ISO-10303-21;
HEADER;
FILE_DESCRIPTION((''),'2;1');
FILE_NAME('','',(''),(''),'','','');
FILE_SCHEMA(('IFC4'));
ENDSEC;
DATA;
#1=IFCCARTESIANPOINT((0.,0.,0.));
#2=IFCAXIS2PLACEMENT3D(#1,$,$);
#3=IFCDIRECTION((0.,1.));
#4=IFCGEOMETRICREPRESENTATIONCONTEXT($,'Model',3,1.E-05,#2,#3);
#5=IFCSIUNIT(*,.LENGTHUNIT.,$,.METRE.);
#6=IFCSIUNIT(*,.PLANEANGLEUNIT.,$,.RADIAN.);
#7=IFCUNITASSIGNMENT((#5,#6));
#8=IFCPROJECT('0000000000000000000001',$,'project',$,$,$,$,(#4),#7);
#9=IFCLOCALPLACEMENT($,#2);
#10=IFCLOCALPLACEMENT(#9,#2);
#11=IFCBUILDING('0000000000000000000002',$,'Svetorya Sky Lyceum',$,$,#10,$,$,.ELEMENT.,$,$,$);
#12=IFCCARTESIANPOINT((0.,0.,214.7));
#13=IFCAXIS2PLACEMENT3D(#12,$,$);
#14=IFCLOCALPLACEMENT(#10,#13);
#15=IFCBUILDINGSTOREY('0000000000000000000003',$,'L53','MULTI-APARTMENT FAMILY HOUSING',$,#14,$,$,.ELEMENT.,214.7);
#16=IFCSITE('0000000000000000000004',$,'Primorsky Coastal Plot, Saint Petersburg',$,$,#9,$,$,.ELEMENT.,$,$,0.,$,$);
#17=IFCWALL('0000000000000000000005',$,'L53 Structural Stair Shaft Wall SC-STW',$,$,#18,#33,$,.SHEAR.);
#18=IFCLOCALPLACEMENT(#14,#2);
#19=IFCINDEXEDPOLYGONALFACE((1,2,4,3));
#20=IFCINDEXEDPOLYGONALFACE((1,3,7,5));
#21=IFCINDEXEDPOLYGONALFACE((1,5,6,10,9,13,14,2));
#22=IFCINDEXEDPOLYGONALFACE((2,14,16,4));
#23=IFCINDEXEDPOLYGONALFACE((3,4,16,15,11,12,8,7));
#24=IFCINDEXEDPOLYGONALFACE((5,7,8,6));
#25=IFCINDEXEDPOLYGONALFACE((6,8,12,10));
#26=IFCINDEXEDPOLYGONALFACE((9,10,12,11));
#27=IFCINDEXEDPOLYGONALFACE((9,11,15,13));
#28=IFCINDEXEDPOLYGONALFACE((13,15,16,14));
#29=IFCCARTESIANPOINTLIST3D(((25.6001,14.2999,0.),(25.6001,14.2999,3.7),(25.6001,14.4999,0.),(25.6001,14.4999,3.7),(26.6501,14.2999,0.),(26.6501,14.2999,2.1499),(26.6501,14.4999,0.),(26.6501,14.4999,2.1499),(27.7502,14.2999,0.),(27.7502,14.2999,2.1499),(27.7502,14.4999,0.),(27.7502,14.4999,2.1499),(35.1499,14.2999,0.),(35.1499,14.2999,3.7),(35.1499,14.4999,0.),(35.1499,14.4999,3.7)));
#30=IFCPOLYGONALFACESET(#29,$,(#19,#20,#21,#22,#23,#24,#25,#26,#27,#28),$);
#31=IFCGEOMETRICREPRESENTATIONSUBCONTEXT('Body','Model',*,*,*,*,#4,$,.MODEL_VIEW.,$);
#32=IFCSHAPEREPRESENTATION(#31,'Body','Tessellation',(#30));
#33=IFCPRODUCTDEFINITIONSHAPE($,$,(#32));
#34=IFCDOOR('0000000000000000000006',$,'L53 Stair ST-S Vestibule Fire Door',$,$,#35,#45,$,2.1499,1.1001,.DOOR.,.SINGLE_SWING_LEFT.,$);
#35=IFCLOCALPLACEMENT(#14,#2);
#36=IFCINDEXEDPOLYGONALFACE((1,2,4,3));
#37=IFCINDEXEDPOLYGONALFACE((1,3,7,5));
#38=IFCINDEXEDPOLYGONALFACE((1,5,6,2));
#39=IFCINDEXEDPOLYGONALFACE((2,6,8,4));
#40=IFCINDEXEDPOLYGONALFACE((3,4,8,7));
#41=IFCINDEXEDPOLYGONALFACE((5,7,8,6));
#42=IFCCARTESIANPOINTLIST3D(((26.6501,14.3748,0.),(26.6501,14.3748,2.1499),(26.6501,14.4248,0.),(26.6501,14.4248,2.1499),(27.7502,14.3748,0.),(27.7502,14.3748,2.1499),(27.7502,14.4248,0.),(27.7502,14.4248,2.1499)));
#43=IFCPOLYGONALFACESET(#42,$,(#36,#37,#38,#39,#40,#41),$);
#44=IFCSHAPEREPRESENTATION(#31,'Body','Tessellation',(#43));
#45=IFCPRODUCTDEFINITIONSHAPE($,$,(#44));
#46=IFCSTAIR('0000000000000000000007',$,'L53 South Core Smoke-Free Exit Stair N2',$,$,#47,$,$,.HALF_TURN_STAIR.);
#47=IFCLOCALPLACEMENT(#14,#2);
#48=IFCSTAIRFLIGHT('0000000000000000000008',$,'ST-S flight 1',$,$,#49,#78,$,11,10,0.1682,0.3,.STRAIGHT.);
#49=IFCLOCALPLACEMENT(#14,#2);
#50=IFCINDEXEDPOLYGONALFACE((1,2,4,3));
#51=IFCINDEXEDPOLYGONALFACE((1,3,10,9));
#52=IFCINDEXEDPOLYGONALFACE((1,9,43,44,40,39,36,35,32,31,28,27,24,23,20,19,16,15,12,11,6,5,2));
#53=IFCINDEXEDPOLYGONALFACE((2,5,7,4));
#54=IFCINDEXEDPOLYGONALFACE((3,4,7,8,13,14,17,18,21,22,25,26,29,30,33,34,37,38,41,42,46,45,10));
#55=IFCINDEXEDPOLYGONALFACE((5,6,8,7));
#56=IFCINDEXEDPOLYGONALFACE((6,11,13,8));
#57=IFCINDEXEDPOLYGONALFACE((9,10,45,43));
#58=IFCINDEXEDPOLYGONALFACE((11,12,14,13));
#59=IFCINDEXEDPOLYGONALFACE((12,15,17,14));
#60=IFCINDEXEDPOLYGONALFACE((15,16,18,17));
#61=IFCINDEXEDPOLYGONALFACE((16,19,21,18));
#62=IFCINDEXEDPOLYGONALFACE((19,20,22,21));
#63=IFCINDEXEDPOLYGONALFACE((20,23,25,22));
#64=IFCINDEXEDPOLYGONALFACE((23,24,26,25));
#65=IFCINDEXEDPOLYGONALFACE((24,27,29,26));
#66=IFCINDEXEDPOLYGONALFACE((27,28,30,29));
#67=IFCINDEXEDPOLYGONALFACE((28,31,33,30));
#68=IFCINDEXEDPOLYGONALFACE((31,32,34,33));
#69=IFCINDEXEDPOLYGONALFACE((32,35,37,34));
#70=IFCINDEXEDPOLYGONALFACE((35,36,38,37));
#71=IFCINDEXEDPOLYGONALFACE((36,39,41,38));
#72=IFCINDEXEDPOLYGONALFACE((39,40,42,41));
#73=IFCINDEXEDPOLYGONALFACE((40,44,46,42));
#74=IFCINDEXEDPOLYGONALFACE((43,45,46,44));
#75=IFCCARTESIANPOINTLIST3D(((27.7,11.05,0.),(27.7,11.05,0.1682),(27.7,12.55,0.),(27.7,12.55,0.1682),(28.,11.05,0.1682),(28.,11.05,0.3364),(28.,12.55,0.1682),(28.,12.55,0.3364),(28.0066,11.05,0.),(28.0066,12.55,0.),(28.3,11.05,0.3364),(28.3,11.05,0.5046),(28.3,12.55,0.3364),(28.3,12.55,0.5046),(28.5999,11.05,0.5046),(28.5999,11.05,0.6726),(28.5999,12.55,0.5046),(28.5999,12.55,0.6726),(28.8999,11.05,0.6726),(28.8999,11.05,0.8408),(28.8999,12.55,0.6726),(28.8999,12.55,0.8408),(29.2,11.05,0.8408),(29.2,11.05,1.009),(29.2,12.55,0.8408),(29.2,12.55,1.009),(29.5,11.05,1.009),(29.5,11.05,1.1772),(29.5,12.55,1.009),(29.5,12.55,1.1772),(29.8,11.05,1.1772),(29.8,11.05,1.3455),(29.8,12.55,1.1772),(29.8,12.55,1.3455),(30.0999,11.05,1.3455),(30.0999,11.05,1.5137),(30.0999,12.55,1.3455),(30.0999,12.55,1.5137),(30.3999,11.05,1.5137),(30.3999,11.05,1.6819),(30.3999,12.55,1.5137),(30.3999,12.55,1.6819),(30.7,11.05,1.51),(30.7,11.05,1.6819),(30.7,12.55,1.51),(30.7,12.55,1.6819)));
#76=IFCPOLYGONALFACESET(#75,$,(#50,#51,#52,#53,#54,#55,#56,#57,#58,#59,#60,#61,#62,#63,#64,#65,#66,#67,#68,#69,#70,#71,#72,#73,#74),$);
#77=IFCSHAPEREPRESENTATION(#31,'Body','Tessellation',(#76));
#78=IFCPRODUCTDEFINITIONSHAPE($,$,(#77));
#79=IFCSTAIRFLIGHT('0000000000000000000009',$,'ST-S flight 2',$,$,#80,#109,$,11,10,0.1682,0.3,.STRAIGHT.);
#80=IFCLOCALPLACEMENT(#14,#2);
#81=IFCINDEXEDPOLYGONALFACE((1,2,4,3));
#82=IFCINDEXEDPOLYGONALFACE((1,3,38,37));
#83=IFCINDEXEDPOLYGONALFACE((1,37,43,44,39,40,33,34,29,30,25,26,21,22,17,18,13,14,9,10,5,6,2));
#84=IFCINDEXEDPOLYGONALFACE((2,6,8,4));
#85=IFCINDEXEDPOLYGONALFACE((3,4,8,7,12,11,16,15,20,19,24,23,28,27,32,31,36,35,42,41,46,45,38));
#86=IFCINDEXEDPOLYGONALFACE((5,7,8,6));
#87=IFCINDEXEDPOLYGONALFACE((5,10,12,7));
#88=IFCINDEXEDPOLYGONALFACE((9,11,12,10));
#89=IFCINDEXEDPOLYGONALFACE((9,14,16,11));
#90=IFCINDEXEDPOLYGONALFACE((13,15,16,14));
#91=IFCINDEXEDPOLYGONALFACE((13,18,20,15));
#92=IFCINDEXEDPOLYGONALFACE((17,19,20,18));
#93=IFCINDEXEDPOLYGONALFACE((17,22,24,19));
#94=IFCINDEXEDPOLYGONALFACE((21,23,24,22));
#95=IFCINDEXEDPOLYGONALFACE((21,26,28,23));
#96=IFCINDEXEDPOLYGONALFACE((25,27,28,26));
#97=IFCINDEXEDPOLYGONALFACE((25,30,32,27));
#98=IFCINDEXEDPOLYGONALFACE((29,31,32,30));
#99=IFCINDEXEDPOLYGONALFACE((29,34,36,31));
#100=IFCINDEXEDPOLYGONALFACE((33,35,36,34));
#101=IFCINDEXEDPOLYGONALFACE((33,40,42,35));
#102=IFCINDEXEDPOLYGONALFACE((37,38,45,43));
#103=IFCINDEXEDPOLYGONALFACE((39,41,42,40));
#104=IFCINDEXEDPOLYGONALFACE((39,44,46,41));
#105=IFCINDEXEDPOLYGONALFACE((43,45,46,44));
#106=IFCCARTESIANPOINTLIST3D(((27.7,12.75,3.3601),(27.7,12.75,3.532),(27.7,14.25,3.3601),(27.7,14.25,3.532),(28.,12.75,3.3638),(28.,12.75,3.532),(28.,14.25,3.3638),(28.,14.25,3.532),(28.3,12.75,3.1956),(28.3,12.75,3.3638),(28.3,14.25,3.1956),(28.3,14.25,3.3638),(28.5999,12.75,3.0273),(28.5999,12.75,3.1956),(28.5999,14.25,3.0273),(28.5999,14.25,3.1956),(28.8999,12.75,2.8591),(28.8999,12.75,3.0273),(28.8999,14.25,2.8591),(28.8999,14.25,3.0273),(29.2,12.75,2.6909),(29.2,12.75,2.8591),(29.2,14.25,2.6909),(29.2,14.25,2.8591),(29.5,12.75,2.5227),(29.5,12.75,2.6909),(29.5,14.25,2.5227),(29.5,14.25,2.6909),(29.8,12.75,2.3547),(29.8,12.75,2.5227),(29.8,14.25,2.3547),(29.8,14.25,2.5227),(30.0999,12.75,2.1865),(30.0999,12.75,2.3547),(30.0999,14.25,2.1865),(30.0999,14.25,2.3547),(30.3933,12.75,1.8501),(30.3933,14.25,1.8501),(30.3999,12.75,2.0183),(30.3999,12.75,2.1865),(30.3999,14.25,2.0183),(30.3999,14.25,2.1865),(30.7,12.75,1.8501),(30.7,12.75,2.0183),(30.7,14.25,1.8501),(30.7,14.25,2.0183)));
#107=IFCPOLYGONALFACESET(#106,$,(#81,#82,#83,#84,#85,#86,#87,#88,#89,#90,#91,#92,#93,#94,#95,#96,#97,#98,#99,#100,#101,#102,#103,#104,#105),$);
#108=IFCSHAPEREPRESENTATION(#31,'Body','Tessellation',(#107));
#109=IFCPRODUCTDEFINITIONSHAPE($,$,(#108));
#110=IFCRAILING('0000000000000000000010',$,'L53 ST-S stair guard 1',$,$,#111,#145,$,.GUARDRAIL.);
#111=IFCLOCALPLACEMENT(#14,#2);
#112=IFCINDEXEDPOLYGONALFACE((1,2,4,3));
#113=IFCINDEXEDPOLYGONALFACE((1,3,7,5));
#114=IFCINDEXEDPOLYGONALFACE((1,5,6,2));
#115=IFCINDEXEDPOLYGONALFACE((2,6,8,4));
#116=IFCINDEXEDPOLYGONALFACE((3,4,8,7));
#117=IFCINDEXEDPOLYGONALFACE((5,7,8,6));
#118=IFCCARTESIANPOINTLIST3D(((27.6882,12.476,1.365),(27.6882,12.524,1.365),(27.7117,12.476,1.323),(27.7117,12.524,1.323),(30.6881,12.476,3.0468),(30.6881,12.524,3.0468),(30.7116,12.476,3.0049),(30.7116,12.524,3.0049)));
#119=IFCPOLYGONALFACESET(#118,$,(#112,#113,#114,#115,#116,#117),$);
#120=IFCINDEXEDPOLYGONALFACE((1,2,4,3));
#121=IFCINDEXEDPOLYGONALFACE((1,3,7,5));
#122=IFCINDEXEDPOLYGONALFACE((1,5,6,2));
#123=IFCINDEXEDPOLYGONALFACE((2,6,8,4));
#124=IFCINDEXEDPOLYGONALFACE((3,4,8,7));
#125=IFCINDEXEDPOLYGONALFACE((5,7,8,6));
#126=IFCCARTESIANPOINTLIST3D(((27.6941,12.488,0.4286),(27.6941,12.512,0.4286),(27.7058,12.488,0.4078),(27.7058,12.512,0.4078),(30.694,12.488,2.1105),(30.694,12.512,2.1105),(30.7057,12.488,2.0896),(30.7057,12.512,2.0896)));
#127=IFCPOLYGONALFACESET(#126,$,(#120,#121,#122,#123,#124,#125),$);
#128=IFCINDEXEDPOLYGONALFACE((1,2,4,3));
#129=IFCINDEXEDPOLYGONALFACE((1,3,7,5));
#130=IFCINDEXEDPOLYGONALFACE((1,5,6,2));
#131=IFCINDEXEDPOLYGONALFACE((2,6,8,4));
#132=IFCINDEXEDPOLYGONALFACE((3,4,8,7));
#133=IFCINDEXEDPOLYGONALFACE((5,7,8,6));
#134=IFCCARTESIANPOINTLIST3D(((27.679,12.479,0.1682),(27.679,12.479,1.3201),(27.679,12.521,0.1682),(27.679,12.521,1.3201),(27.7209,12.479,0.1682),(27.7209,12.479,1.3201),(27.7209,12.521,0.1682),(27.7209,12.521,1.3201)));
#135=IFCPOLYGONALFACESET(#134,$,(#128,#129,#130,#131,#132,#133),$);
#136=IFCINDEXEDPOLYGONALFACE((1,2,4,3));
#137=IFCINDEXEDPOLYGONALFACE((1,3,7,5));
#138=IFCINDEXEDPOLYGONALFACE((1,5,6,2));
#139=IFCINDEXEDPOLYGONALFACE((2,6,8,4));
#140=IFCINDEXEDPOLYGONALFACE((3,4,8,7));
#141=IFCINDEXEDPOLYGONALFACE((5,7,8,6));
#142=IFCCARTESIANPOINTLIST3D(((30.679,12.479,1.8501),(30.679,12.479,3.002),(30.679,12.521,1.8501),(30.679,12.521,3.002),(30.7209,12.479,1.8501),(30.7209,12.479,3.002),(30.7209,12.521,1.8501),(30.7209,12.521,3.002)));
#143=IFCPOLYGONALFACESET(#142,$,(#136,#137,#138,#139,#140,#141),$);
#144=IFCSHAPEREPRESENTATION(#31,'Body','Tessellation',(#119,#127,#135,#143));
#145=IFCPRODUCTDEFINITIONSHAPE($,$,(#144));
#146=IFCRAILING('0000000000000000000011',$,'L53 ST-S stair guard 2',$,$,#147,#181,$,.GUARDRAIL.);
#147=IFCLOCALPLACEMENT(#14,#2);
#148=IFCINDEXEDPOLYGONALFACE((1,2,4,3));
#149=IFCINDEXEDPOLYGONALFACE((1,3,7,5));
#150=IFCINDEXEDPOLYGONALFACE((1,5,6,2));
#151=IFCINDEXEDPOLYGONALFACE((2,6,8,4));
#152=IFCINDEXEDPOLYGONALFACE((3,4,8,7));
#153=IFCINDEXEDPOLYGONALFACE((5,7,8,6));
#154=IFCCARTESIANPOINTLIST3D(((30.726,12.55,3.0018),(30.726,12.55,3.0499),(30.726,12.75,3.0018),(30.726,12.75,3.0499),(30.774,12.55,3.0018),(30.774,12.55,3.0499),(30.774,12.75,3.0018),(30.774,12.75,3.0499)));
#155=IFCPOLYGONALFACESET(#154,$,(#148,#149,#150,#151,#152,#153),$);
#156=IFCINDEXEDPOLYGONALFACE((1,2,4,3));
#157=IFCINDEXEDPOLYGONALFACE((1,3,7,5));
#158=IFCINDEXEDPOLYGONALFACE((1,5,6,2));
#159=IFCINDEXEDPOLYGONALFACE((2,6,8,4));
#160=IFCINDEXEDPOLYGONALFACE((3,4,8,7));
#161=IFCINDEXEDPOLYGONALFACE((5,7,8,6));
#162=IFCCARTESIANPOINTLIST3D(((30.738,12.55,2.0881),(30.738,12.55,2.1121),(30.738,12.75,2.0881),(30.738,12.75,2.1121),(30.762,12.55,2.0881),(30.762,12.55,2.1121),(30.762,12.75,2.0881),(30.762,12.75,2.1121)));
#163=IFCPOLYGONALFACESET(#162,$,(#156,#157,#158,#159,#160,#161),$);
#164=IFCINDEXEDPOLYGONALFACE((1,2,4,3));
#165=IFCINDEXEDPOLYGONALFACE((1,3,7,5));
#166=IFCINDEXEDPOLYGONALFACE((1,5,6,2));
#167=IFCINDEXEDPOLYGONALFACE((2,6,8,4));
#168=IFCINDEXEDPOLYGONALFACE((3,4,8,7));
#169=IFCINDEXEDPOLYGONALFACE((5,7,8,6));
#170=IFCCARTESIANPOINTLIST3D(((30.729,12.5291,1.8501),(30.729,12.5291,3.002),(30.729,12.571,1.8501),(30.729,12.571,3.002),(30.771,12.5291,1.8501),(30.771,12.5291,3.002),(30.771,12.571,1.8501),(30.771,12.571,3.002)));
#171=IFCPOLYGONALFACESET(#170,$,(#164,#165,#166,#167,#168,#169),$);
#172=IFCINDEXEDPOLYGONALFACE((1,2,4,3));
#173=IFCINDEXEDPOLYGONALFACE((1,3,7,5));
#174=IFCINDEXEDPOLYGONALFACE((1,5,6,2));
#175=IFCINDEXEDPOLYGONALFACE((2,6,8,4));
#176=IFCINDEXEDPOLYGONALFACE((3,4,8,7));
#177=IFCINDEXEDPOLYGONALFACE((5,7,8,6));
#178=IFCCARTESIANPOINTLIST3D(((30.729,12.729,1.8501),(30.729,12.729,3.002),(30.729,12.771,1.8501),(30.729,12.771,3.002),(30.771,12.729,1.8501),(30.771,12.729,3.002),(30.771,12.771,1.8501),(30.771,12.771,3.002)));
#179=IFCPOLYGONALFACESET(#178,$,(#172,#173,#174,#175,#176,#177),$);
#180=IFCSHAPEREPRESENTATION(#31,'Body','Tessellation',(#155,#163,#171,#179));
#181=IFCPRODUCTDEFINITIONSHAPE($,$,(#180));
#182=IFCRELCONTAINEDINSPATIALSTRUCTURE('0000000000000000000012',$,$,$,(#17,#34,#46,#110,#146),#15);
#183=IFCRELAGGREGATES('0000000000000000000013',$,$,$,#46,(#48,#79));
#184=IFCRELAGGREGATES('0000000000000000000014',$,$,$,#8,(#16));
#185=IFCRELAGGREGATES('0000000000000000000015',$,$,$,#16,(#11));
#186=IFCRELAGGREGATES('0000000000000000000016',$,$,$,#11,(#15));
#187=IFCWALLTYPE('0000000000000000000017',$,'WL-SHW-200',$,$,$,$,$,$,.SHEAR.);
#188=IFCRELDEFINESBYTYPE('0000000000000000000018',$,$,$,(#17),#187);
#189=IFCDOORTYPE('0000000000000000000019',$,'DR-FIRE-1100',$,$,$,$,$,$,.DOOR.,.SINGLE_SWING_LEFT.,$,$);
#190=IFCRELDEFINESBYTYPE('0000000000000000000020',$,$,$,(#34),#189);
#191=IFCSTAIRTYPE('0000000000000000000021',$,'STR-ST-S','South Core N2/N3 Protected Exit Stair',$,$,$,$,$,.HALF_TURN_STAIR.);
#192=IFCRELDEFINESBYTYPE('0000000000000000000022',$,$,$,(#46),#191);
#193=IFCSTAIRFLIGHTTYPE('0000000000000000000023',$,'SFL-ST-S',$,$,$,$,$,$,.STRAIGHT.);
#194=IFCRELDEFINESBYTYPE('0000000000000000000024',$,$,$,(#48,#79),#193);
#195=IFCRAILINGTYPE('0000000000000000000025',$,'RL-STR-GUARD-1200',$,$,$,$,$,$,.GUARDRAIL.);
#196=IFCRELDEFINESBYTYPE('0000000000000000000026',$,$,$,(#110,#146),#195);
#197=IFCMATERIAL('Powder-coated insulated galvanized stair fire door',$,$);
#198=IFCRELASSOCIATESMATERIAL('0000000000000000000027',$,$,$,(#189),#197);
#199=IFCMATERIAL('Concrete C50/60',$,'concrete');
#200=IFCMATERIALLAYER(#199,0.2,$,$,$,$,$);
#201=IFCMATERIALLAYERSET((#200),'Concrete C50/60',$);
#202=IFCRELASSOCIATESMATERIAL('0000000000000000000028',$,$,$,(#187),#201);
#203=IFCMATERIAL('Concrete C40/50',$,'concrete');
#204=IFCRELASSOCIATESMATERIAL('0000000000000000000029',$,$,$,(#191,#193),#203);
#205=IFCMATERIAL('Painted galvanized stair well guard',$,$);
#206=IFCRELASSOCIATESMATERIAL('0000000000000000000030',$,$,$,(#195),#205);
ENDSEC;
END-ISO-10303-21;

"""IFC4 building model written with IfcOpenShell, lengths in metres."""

from ifc_helpers import new_model, si_unit, direction, frame, frame_2d, origin, origin_2d, place, context, subcontext, project, spatial, polyline, rectangle, outline, extrude, material, layer, layer_set, type_object, element, fill, aggregate, save


model = new_model("IFC4")

# Units and contexts
model_context = context("Model", 3, precision=1e-05, world=origin(), true_north=direction((0.0, 1.0)))
body_context = subcontext(model_context, "Body", "Model", "MODEL_VIEW")
ifc_project = project(units=[si_unit("LENGTHUNIT", "METRE"), si_unit("PLANEANGLEUNIT", "RADIAN")], contexts=[model_context])

# Site, building, storey
site_placement = place(None, origin())
site = spatial("IfcSite", under=ifc_project, at=site_placement, Name="Primorsky Coastal Plot, Saint Petersburg", CompositionType="ELEMENT", RefElevation=0.0)
building_placement = place(site_placement, origin())
building = spatial("IfcBuilding", under=site, at=building_placement, Name="Svetorya Sky Lyceum", CompositionType="ELEMENT")
storey_placement = place(building_placement, frame((0.0, 0.0, 214.7)))
storey = spatial("IfcBuildingStorey", under=building, at=storey_placement, Name="L53", Description="MULTI-APARTMENT FAMILY HOUSING", CompositionType="ELEMENT", Elevation=214.7)

# Shared definitions
ifc_material_1 = material(Name="Concrete C50/60", Category="concrete")

# Shared definitions
ifc_material_2 = material(Name="Powder-coated insulated galvanized stair fire door")
door_type_1 = type_object("IfcDoorType", Name="DR-FIRE-1100", OperationType="SINGLE_SWING_LEFT", PredefinedType="DOOR", material=ifc_material_2)

# Wall, opening, door
ifc_layer_1 = layer(ifc_material_1, 0.2)
ifc_layer_set_1 = layer_set([ifc_layer_1], Name="Concrete C50/60")
wall_type_1 = type_object("IfcWallType", Name="WL-SHW-200", PredefinedType="SHEAR", material=ifc_layer_set_1)
wall_1_placement = place(storey_placement, frame((25.6001, 14.3999, 0.0), z_axis=(0.0, 0.0, 1.0), x_axis=(1.0, 0.0, 0.0)))
wall_1 = element("IfcWall", 1, at=wall_1_placement, inside=storey, type_object=wall_type_1, Name="L53 Structural Stair Shaft Wall SC-STW", PredefinedType="SHEAR", context=body_context, shape_type="SweptSolid", body=[
    extrude(rectangle(XDim=9.5498, YDim=0.2, at=frame_2d((4.7749, 0.0))), origin(), (0.0, 0.0, 1.0), 3.7),
])
opening_1_placement = place(wall_1_placement, frame((1.05, 0.0, 0.0)))
opening_1 = element("IfcOpeningElement", 2, at=opening_1_placement, cuts=wall_1, PredefinedType="OPENING", context=body_context, shape_type="SweptSolid", body=[
    extrude(rectangle(XDim=1.1001, YDim=2.1499, at=frame_2d((0.55, 1.075))), frame((0.0, 0.1099, 0.0), z_axis=(0.0, -1.0, 0.0), x_axis=(1.0, 0.0, 0.0)), (0.0, 0.0, 1.0), 0.22),
])
door_1_placement = place(opening_1_placement, origin())
door_1 = element("IfcDoor", 3, at=door_1_placement, inside=storey, type_object=door_type_1, Name="L53 Stair ST-S Vestibule Fire Door", OperationType="SINGLE_SWING_LEFT", OverallHeight=2.1499, OverallWidth=1.1001, PredefinedType="DOOR", context=body_context, shape_type="SweptSolid", body=[
    extrude(rectangle(XDim=1.1001, YDim=2.1499, at=frame_2d((0.55, 1.075))), frame((0.0, 0.0249, 0.0), z_axis=(0.0, -1.0, 0.0), x_axis=(1.0, 0.0, 0.0)), (0.0, 0.0, 1.0), 0.05),
])
fill(opening_1, door_1)

# Stair, stair flights
ifc_material_3 = material(Name="Concrete C40/50", Category="concrete")
stair_type = type_object("IfcStairType", Name="STR-ST-S", Description="South Core N2/N3 Protected Exit Stair", PredefinedType="HALF_TURN_STAIR", material=ifc_material_3)
stair_placement = place(storey_placement, origin())
stair = element("IfcStair", 4, at=stair_placement, inside=storey, type_object=stair_type, Name="L53 South Core Smoke-Free Exit Stair N2", PredefinedType="HALF_TURN_STAIR")
stair_flight_type = type_object("IfcStairFlightType", Name="SFL-ST-S", PredefinedType="STRAIGHT", material=ifc_material_3)
stair_flight_1_placement = place(storey_placement, frame((27.7, 11.8, 0.0), z_axis=(0.0, 0.0, 1.0), x_axis=(1.0, 0.0, 0.0)))
stair_flight_1 = element("IfcStairFlight", 5, at=stair_flight_1_placement, type_object=stair_flight_type, Name="ST-S flight 1", NumberOfRisers=11, NumberOfTreads=10, PredefinedType="STRAIGHT", RiserHeight=0.1682, TreadLength=0.3, context=body_context, shape_type="SweptSolid", body=[
    extrude(outline(polyline([(0.0, 0.0), (0.0, 0.1682), (0.3, 0.1682), (0.3, 0.3364), (0.6001, 0.3364), (0.6001, 0.5046), (0.8999, 0.5046), (0.8999, 0.6726), (1.2, 0.6726), (1.2, 0.8408), (1.5, 0.8408), (1.5, 1.009), (1.8, 1.009), (1.8, 1.1772), (2.1001, 1.1772), (2.1001, 1.3455), (2.3999, 1.3455), (2.3999, 1.5137), (2.7, 1.5137), (2.7, 1.6819), (3.0, 1.6819), (3.0, 1.8501), (3.0, 1.51), (0.3066, 0.0), (0.0, 0.0)])), frame((0.0, 0.75, 0.0), z_axis=(0.0, -1.0, 0.0), x_axis=(1.0, 0.0, 0.0)), (0.0, 0.0, 1.0), 1.5),
])
stair_flight_2_placement = place(storey_placement, frame((30.7, 13.5, 1.8501), z_axis=(0.0, 0.0, 1.0), x_axis=(-1.0, 0.0, 0.0)))
stair_flight_2 = element("IfcStairFlight", 6, at=stair_flight_2_placement, type_object=stair_flight_type, Name="ST-S flight 2", NumberOfRisers=11, NumberOfTreads=10, PredefinedType="STRAIGHT", RiserHeight=0.1682, TreadLength=0.3, context=body_context, shape_type="SweptSolid", body=[
    extrude(outline(polyline([(0.0, 0.0), (0.0, 0.1682), (0.3, 0.1682), (0.3, 0.3364), (0.6001, 0.3364), (0.6001, 0.5046), (0.8999, 0.5046), (0.8999, 0.6726), (1.2, 0.6726), (1.2, 0.8408), (1.5, 0.8408), (1.5, 1.009), (1.8, 1.009), (1.8, 1.1772), (2.1001, 1.1772), (2.1001, 1.3455), (2.3999, 1.3455), (2.3999, 1.5137), (2.7, 1.5137), (2.7, 1.6819), (3.0, 1.6819), (3.0, 1.8501), (3.0, 1.51), (0.3066, 0.0), (0.0, 0.0)])), frame((0.0, 0.75, 0.0), z_axis=(0.0, -1.0, 0.0), x_axis=(1.0, 0.0, 0.0)), (0.0, 0.0, 1.0), 1.5),
])
aggregate(stair, [stair_flight_1, stair_flight_2])

# Railings
ifc_material_4 = material(Name="Painted galvanized stair well guard")
railing_type_1 = type_object("IfcRailingType", Name="RL-STR-GUARD-1200", PredefinedType="GUARDRAIL", material=ifc_material_4)
railing_1_placement = place(storey_placement, frame((27.7, 12.5, 0.1682)))
element("IfcRailing", 7, at=railing_1_placement, inside=storey, type_object=railing_type_1, Name="L53 ST-S stair guard 1", PredefinedType="GUARDRAIL", context=body_context, shape_type="SweptSolid", body=[
    extrude(rectangle(XDim=0.0481, YDim=0.0481, at=origin_2d()), frame((0.0, 0.0, 1.1758), z_axis=(0.872272, 0.0, 0.48902), x_axis=(0.0, 1.0, 0.0)), (0.0, 0.0, 1.0), 3.4392),
    extrude(rectangle(XDim=0.0239, YDim=0.0239, at=origin_2d()), frame((0.0, 0.0, 0.25), z_axis=(0.872272, 0.0, 0.48902), x_axis=(0.0, 1.0, 0.0)), (0.0, 0.0, 1.0), 3.4392),
    extrude(rectangle(XDim=0.042, YDim=0.042, at=origin_2d()), origin(), (0.0, 0.0, 1.0), 1.1519),
    extrude(rectangle(XDim=0.042, YDim=0.042, at=origin_2d()), frame((3.0, 0.0, 1.6819)), (0.0, 0.0, 1.0), 1.1519),
])
railing_2_placement = place(storey_placement, frame((30.75, 12.55, 1.8501)))
element("IfcRailing", 8, at=railing_2_placement, inside=storey, type_object=railing_type_1, Name="L53 ST-S stair guard 2", PredefinedType="GUARDRAIL", context=body_context, shape_type="SweptSolid", body=[
    extrude(rectangle(XDim=0.0481, YDim=0.0481, at=origin_2d()), frame((0.0, 0.0, 1.1758), z_axis=(0.0, 1.0, 0.0), x_axis=(-1.0, 0.0, 0.0)), (0.0, 0.0, 1.0), 0.2),
    extrude(rectangle(XDim=0.0239, YDim=0.0239, at=origin_2d()), frame((0.0, 0.0, 0.25), z_axis=(0.0, 1.0, 0.0), x_axis=(-1.0, 0.0, 0.0)), (0.0, 0.0, 1.0), 0.2),
    extrude(rectangle(XDim=0.042, YDim=0.042, at=origin_2d()), origin(), (0.0, 0.0, 1.0), 1.1519),
    extrude(rectangle(XDim=0.042, YDim=0.042, at=origin_2d()), frame((0.0, 0.2, 0.0)), (0.0, 0.0, 1.0), 1.1519),
])

save(model, "model.ifc")
